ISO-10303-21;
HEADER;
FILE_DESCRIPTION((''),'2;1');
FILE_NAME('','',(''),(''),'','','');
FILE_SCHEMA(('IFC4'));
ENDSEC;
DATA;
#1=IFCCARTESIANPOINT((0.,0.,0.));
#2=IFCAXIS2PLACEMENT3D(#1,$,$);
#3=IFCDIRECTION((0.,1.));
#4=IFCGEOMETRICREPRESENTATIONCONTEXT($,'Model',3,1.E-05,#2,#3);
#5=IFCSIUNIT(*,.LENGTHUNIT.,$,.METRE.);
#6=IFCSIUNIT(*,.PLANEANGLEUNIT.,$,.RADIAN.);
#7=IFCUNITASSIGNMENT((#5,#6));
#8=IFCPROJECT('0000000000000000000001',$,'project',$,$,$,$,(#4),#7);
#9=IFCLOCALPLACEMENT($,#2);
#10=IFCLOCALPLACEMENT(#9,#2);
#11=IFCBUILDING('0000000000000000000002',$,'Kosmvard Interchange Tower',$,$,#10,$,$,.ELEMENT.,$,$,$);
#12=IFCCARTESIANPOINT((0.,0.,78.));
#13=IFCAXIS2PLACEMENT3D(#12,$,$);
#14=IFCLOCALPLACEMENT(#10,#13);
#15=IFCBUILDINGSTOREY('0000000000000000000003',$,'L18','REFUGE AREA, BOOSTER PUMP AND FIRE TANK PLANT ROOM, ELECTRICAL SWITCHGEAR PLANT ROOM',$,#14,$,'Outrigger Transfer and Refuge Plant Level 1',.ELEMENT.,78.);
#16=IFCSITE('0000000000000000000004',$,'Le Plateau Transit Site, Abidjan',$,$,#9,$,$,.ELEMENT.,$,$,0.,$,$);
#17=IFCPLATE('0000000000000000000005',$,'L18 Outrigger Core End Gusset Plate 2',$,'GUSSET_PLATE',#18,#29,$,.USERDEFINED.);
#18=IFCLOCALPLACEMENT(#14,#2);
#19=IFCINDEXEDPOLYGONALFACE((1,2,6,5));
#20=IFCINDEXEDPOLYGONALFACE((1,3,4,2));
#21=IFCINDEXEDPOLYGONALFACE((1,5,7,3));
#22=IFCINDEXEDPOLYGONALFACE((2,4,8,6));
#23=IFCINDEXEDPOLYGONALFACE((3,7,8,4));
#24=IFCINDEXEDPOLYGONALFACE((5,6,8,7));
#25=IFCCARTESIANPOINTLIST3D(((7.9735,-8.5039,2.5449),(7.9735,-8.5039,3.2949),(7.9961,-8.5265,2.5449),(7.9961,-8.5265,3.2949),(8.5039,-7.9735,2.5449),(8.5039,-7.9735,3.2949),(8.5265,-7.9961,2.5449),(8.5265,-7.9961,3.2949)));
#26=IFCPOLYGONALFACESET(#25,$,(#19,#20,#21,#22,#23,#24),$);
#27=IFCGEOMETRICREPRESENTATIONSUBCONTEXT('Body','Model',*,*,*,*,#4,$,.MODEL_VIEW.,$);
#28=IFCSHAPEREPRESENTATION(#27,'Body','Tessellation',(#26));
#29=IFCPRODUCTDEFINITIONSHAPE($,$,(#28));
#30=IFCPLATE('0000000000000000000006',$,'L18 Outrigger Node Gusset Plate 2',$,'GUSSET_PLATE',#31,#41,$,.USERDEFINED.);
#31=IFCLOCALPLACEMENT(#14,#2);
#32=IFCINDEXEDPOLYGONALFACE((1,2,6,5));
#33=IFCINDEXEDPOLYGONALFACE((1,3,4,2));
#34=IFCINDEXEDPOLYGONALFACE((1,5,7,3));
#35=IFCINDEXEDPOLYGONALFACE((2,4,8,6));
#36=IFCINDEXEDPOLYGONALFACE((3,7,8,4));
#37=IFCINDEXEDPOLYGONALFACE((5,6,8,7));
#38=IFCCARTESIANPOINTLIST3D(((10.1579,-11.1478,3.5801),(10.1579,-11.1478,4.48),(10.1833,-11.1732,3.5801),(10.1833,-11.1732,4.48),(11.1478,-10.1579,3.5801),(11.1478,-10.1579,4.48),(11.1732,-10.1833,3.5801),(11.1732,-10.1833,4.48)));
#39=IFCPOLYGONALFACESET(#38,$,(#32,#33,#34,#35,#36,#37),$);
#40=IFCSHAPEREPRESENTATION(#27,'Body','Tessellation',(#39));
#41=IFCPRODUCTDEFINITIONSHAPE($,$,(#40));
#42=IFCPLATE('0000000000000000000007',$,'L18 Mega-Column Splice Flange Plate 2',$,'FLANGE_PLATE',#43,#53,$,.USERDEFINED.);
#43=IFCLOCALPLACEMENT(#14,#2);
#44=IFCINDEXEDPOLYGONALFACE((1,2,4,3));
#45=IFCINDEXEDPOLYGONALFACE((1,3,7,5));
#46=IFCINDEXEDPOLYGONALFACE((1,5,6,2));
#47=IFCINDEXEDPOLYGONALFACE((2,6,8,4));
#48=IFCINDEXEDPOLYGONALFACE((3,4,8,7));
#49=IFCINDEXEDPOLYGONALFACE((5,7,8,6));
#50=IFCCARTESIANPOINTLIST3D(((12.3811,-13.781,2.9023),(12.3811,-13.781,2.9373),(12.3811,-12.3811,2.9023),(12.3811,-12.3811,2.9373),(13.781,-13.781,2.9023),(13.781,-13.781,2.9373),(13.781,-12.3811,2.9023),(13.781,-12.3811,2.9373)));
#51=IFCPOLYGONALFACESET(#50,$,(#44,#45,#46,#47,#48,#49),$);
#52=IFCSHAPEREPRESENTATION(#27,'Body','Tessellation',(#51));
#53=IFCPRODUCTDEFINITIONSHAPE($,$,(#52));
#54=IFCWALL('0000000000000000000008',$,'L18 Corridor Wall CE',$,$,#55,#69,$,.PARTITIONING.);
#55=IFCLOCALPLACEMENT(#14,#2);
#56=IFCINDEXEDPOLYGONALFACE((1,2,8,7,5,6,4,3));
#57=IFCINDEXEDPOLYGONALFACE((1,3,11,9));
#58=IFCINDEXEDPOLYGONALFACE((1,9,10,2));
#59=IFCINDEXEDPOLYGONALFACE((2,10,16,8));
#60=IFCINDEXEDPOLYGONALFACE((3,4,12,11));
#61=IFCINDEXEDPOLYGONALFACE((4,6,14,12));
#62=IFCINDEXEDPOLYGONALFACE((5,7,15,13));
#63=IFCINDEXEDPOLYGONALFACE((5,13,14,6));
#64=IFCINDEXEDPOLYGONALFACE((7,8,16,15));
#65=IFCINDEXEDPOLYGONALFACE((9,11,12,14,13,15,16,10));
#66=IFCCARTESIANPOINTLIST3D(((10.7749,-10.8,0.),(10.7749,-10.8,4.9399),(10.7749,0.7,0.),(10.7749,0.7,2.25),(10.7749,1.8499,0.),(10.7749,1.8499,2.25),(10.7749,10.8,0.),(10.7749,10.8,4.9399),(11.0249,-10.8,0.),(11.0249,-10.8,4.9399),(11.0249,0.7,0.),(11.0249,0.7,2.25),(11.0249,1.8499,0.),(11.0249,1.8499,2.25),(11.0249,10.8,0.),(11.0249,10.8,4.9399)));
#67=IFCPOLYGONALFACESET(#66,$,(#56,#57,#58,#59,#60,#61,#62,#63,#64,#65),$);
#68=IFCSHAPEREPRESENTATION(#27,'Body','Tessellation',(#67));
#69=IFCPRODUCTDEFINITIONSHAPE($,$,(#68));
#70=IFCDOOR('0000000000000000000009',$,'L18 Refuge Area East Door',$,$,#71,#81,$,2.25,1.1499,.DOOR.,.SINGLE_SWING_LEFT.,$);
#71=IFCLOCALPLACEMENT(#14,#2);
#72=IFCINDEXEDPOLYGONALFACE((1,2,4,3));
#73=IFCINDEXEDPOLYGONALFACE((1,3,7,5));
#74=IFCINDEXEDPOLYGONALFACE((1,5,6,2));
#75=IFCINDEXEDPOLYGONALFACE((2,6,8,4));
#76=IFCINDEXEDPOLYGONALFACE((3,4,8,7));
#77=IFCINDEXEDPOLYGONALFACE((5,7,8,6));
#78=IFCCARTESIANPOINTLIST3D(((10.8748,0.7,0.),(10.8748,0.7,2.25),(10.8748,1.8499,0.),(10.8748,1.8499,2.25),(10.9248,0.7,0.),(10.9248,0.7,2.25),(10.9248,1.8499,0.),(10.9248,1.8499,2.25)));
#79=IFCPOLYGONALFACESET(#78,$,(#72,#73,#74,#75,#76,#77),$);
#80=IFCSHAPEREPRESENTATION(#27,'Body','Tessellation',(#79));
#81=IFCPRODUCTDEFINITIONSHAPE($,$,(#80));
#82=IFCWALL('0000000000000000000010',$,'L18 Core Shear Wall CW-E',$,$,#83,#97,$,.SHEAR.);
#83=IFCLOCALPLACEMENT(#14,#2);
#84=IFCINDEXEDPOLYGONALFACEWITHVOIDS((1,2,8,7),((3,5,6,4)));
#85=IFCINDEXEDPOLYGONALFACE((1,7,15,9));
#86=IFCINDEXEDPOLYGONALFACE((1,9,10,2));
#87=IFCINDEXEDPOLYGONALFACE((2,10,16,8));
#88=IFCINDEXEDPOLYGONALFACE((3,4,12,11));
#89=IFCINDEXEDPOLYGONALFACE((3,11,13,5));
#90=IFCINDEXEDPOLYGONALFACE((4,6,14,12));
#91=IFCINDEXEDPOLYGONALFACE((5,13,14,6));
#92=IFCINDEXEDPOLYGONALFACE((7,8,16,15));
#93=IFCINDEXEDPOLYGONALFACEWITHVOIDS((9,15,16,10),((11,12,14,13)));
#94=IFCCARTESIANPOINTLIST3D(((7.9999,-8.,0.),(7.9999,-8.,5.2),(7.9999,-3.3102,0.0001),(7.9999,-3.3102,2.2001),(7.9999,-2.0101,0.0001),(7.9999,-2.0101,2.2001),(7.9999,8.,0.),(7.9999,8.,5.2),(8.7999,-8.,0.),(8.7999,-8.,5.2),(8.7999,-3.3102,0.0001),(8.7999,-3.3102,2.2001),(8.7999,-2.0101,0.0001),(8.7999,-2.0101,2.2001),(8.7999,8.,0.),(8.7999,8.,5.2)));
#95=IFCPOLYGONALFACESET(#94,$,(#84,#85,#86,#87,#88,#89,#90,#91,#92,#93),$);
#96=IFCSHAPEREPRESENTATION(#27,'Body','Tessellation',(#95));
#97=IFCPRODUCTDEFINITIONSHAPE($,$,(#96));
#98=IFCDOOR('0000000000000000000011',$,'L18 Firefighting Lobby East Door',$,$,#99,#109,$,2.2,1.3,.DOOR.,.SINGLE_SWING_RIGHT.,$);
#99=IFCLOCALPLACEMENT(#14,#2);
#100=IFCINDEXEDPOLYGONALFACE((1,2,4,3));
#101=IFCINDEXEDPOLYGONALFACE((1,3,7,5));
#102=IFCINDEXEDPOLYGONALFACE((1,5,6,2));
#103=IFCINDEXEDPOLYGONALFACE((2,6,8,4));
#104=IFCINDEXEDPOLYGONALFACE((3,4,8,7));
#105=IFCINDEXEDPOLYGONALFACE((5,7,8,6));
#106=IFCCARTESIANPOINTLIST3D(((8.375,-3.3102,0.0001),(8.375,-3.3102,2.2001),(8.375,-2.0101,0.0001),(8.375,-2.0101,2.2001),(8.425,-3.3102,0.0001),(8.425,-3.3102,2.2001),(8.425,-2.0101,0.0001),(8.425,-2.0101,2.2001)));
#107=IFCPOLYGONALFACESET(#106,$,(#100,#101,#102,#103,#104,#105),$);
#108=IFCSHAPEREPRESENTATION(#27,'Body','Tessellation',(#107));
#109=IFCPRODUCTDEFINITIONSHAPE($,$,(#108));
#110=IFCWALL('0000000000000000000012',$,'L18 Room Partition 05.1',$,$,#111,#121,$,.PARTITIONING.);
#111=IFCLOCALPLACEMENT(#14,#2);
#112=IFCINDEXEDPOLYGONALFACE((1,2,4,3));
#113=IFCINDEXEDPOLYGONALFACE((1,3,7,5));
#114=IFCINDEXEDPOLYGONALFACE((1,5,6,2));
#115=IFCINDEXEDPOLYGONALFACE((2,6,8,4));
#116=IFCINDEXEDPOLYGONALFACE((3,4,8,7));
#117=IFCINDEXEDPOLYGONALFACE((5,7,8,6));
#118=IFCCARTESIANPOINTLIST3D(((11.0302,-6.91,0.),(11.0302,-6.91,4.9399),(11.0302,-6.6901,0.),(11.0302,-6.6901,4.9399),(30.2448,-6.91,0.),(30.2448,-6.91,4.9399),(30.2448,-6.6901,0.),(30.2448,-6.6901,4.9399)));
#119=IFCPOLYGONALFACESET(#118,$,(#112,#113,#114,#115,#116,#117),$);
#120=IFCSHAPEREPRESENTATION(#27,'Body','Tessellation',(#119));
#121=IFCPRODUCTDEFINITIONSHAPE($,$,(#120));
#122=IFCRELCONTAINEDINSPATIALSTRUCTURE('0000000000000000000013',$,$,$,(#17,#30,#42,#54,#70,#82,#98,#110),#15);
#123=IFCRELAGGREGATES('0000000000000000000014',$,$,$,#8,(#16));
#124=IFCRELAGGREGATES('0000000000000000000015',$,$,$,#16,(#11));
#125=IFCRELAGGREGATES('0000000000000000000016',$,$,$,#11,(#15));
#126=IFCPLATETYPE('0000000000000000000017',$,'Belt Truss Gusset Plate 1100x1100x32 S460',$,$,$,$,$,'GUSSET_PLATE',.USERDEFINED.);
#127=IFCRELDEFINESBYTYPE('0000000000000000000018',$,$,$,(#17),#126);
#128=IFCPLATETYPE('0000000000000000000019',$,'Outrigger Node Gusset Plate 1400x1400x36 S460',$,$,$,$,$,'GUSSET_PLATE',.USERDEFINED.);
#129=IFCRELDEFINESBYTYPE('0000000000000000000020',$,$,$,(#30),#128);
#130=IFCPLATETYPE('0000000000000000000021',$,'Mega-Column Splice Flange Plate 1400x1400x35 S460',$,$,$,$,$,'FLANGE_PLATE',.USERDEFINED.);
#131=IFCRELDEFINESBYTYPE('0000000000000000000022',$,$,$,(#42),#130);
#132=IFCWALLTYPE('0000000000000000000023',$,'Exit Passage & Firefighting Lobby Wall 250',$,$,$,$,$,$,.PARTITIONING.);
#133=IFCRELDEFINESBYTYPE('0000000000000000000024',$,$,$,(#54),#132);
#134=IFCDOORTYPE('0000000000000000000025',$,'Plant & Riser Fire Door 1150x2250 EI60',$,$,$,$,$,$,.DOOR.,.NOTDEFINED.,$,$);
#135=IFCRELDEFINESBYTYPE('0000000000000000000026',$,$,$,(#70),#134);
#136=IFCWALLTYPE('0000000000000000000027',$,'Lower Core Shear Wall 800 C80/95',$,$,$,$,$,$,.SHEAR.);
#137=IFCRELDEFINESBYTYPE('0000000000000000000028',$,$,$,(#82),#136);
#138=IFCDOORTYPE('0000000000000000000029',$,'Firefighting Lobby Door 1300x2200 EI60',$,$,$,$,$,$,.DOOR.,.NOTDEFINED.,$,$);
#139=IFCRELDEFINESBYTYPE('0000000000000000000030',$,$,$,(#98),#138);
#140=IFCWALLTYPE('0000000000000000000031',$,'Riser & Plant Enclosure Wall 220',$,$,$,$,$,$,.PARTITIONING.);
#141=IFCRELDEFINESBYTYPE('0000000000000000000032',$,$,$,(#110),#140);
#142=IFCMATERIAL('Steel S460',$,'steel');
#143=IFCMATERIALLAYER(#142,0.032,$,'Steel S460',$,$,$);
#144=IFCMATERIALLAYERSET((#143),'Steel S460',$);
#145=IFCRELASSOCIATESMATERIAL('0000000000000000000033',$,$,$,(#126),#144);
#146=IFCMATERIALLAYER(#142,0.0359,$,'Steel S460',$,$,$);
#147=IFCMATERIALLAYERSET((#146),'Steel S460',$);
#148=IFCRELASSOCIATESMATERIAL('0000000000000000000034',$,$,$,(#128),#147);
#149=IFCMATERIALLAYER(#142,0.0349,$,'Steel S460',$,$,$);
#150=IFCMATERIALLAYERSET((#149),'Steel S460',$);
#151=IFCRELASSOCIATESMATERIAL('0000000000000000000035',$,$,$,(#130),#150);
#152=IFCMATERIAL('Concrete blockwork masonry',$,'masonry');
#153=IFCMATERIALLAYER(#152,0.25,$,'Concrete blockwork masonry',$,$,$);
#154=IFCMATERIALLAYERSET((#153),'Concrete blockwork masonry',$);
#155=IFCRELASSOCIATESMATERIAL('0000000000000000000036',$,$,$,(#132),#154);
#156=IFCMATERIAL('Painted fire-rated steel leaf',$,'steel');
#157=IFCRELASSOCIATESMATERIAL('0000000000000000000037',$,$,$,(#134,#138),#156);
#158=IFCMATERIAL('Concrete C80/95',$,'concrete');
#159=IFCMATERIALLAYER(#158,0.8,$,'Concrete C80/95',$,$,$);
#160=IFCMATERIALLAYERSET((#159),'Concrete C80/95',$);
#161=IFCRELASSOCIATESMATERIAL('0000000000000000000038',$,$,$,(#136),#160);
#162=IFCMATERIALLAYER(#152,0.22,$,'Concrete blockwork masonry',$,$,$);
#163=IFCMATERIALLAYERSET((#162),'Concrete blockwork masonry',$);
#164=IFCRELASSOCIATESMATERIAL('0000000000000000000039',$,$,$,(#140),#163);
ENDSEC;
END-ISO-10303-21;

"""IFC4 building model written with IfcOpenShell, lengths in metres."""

from ifc_helpers import new_model, si_unit, direction, frame, frame_2d, origin, origin_2d, place, context, subcontext, project, spatial, rectangle, extrude, source, transform, mapped, material, layer, layer_set, type_object, element, fill, save


model = new_model("IFC4")

# Units and contexts
model_context = context("Model", 3, precision=1e-05, world=origin(), true_north=direction((0.0, 1.0)))
body_context = subcontext(model_context, "Body", "Model", "MODEL_VIEW")
ifc_project = project(units=[si_unit("LENGTHUNIT", "METRE"), si_unit("PLANEANGLEUNIT", "RADIAN")], contexts=[model_context])

# Site, building, storey
site_placement = place(None, origin())
site = spatial("IfcSite", under=ifc_project, at=site_placement, Name="Le Plateau Transit Site, Abidjan", CompositionType="ELEMENT", RefElevation=0.0)
building_placement = place(site_placement, origin())
building = spatial("IfcBuilding", under=site, at=building_placement, Name="Kosmvard Interchange Tower", CompositionType="ELEMENT")
storey_placement = place(building_placement, frame((0.0, 0.0, 78.0)))
storey = spatial("IfcBuildingStorey", under=building, at=storey_placement, Name="L18", Description="REFUGE AREA, BOOSTER PUMP AND FIRE TANK PLANT ROOM, ELECTRICAL SWITCHGEAR PLANT ROOM", LongName="Outrigger Transfer and Refuge Plant Level 1", CompositionType="ELEMENT", Elevation=78.0)

# Shared definitions
ifc_material_1 = material(Name="Concrete C80/95", Category="concrete")

# Shared definitions
ifc_material_2 = material(Name="Steel S460", Category="steel")

# Plates
ifc_layer_1 = layer(ifc_material_2, 0.032, Name="Steel S460")
ifc_layer_set_1 = layer_set([ifc_layer_1], Name="Steel S460")
plate_type_1 = type_object("IfcPlateType", Name="Belt Truss Gusset Plate 1100x1100x32 S460", ElementType="GUSSET_PLATE", PredefinedType="USERDEFINED", material=ifc_layer_set_1)
shared_shape_1 = source(origin(), body_context, "Body", "SweptSolid", [
    extrude(rectangle(XDim=0.75, YDim=0.032, at=origin_2d()), origin(), (0.0, 0.0, 1.0), 0.75),
])
plate_1_placement = place(storey_placement, frame((8.25, -8.25, 2.5449), z_axis=(0.0, 0.0, 1.0), x_axis=(0.707107, 0.707107, 0.0)))
element("IfcPlate", 1, at=plate_1_placement, inside=storey, type_object=plate_type_1, Name="L18 Outrigger Core End Gusset Plate 2", ObjectType="GUSSET_PLATE", PredefinedType="USERDEFINED", context=body_context, shape_type="MappedRepresentation", body=[
    mapped(shared_shape_1, transform((0.0, 0.0, 0.0), scale=1.0)),
])
ifc_layer_2 = layer(ifc_material_2, 0.0359, Name="Steel S460")
ifc_layer_set_2 = layer_set([ifc_layer_2], Name="Steel S460")
plate_type_2 = type_object("IfcPlateType", Name="Outrigger Node Gusset Plate 1400x1400x36 S460", ElementType="GUSSET_PLATE", PredefinedType="USERDEFINED", material=ifc_layer_set_2)
shared_shape_2 = source(origin(), body_context, "Body", "SweptSolid", [
    extrude(rectangle(XDim=1.3999, YDim=0.0359, at=origin_2d()), origin(), (0.0, 0.0, 1.0), 0.8999),
])
plate_2_placement = place(storey_placement, frame((10.6655, -10.6655, 3.5801), z_axis=(0.0, 0.0, 1.0), x_axis=(0.707107, 0.707107, 0.0)))
element("IfcPlate", 2, at=plate_2_placement, inside=storey, type_object=plate_type_2, Name="L18 Outrigger Node Gusset Plate 2", ObjectType="GUSSET_PLATE", PredefinedType="USERDEFINED", context=body_context, shape_type="MappedRepresentation", body=[
    mapped(shared_shape_2, transform((0.0, 0.0, 0.0), scale=1.0)),
])
ifc_layer_3 = layer(ifc_material_2, 0.0349, Name="Steel S460")
ifc_layer_set_3 = layer_set([ifc_layer_3], Name="Steel S460")
plate_type_3 = type_object("IfcPlateType", Name="Mega-Column Splice Flange Plate 1400x1400x35 S460", ElementType="FLANGE_PLATE", PredefinedType="USERDEFINED", material=ifc_layer_set_3)
shared_shape_3 = source(origin(), body_context, "Body", "SweptSolid", [
    extrude(rectangle(XDim=1.3999, YDim=1.3999, at=origin_2d()), origin(), (0.0, 0.0, 1.0), 0.0349),
])
plate_3_placement = place(storey_placement, frame((13.0811, -13.0811, 2.9023), z_axis=(0.0, 0.0, 1.0), x_axis=(1.0, 0.0, 0.0)))
element("IfcPlate", 3, at=plate_3_placement, inside=storey, type_object=plate_type_3, Name="L18 Mega-Column Splice Flange Plate 2", ObjectType="FLANGE_PLATE", PredefinedType="USERDEFINED", context=body_context, shape_type="MappedRepresentation", body=[
    mapped(shared_shape_3, transform((0.0, 0.0, 0.0), scale=1.0)),
])

# Walls, openings, doors
ifc_material_3 = material(Name="Concrete blockwork masonry", Category="masonry")
ifc_layer_4 = layer(ifc_material_3, 0.25, Name="Concrete blockwork masonry")
ifc_layer_set_4 = layer_set([ifc_layer_4], Name="Concrete blockwork masonry")
wall_type_1 = type_object("IfcWallType", Name="Exit Passage & Firefighting Lobby Wall 250", PredefinedType="PARTITIONING", material=ifc_layer_set_4)
wall_1_placement = place(storey_placement, frame((10.8999, -10.8, 0.0), z_axis=(0.0, 0.0, 1.0), x_axis=(0.0, 1.0, 0.0)))
wall_1 = element("IfcWall", 4, at=wall_1_placement, inside=storey, type_object=wall_type_1, Name="L18 Corridor Wall CE", PredefinedType="PARTITIONING", context=body_context, shape_type="SweptSolid", body=[
    extrude(rectangle(XDim=21.6001, YDim=0.25, at=frame_2d((10.8, 0.0))), origin(), (0.0, 0.0, 1.0), 4.9399),
])
opening_1_placement = place(wall_1_placement, frame((11.5, 0.0, 0.0)))
opening_1 = element("IfcOpeningElement", 5, at=opening_1_placement, cuts=wall_1, PredefinedType="OPENING", context=body_context, shape_type="SweptSolid", body=[
    extrude(rectangle(XDim=1.1499, YDim=2.25, at=frame_2d((0.575, 1.125))), frame((0.0, 0.135, 0.0), z_axis=(0.0, -1.0, 0.0), x_axis=(1.0, 0.0, 0.0)), (0.0, 0.0, 1.0), 0.27),
])
ifc_material_4 = material(Name="Painted fire-rated steel leaf", Category="steel")
door_type_1 = type_object("IfcDoorType", Name="Plant & Riser Fire Door 1150x2250 EI60", OperationType="NOTDEFINED", PredefinedType="DOOR", material=ifc_material_4)
shared_shape_4 = source(origin(), body_context, "Body", "SweptSolid", [
    extrude(rectangle(XDim=1.1499, YDim=2.25, at=frame_2d((0.575, 1.125))), frame((0.0, 0.0249, 0.0), z_axis=(0.0, -1.0, 0.0), x_axis=(1.0, 0.0, 0.0)), (0.0, 0.0, 1.0), 0.05),
])
door_1_placement = place(opening_1_placement, frame((1.1499, 0.0, 0.0), z_axis=(0.0, 0.0, 1.0), x_axis=(-1.0, 0.0, 0.0)))
door_1 = element("IfcDoor", 6, at=door_1_placement, inside=storey, type_object=door_type_1, Name="L18 Refuge Area East Door", OperationType="SINGLE_SWING_LEFT", OverallHeight=2.25, OverallWidth=1.1499, PredefinedType="DOOR", context=body_context, shape_type="MappedRepresentation", body=[
    mapped(shared_shape_4, transform((0.0, 0.0, 0.0), scale=1.0)),
])
fill(opening_1, door_1)
ifc_layer_5 = layer(ifc_material_1, 0.8, Name="Concrete C80/95")
ifc_layer_set_5 = layer_set([ifc_layer_5], Name="Concrete C80/95")
wall_type_2 = type_object("IfcWallType", Name="Lower Core Shear Wall 800 C80/95", PredefinedType="SHEAR", material=ifc_layer_set_5)
wall_2_placement = place(storey_placement, frame((8.3999, -8.0, 0.0), z_axis=(0.0, 0.0, 1.0), x_axis=(0.0, 1.0, 0.0)))
wall_2 = element("IfcWall", 7, at=wall_2_placement, inside=storey, type_object=wall_type_2, Name="L18 Core Shear Wall CW-E", PredefinedType="SHEAR", context=body_context, shape_type="SweptSolid", body=[
    extrude(rectangle(XDim=16.0, YDim=0.8, at=frame_2d((8.0, 0.0))), origin(), (0.0, 0.0, 1.0), 5.2),
])
opening_2_placement = place(wall_2_placement, frame((4.6899, 0.0, 0.0)))
opening_2 = element("IfcOpeningElement", 8, at=opening_2_placement, cuts=wall_2, PredefinedType="OPENING", context=body_context, shape_type="SweptSolid", body=[
    extrude(rectangle(XDim=1.3, YDim=2.2, at=frame_2d((0.6499, 1.1001))), frame((0.0, 0.4102, 0.0), z_axis=(0.0, -1.0, 0.0), x_axis=(1.0, 0.0, 0.0)), (0.0, 0.0, 1.0), 0.8201),
])
door_type_2 = type_object("IfcDoorType", Name="Firefighting Lobby Door 1300x2200 EI60", OperationType="NOTDEFINED", PredefinedType="DOOR", material=ifc_material_4)
shared_shape_5 = source(origin(), body_context, "Body", "SweptSolid", [
    extrude(rectangle(XDim=1.3, YDim=2.2, at=frame_2d((0.6499, 1.1001))), frame((0.0, 0.0249, 0.0), z_axis=(0.0, -1.0, 0.0), x_axis=(1.0, 0.0, 0.0)), (0.0, 0.0, 1.0), 0.05),
])
door_2_placement = place(opening_2_placement, origin())
door_2 = element("IfcDoor", 9, at=door_2_placement, inside=storey, type_object=door_type_2, Name="L18 Firefighting Lobby East Door", OperationType="SINGLE_SWING_RIGHT", OverallHeight=2.2, OverallWidth=1.3, PredefinedType="DOOR", context=body_context, shape_type="MappedRepresentation", body=[
    mapped(shared_shape_5, transform((0.0, 0.0, 0.0), scale=1.0)),
])
fill(opening_2, door_2)

# Wall
ifc_layer_6 = layer(ifc_material_3, 0.22, Name="Concrete blockwork masonry")
ifc_layer_set_6 = layer_set([ifc_layer_6], Name="Concrete blockwork masonry")
wall_type_3 = type_object("IfcWallType", Name="Riser & Plant Enclosure Wall 220", PredefinedType="PARTITIONING", material=ifc_layer_set_6)
wall_3_placement = place(storey_placement, frame((11.03, -6.8, 0.0), z_axis=(0.0, 0.0, 1.0), x_axis=(1.0, 0.0, 0.0)))
element("IfcWall", 10, at=wall_3_placement, inside=storey, type_object=wall_type_3, Name="L18 Room Partition 05.1", PredefinedType="PARTITIONING", context=body_context, shape_type="SweptSolid", body=[
    extrude(rectangle(XDim=19.2146, YDim=0.22, at=frame_2d((9.6074, 0.0))), origin(), (0.0, 0.0, 1.0), 4.9399),
])

save(model, "model.ifc")
